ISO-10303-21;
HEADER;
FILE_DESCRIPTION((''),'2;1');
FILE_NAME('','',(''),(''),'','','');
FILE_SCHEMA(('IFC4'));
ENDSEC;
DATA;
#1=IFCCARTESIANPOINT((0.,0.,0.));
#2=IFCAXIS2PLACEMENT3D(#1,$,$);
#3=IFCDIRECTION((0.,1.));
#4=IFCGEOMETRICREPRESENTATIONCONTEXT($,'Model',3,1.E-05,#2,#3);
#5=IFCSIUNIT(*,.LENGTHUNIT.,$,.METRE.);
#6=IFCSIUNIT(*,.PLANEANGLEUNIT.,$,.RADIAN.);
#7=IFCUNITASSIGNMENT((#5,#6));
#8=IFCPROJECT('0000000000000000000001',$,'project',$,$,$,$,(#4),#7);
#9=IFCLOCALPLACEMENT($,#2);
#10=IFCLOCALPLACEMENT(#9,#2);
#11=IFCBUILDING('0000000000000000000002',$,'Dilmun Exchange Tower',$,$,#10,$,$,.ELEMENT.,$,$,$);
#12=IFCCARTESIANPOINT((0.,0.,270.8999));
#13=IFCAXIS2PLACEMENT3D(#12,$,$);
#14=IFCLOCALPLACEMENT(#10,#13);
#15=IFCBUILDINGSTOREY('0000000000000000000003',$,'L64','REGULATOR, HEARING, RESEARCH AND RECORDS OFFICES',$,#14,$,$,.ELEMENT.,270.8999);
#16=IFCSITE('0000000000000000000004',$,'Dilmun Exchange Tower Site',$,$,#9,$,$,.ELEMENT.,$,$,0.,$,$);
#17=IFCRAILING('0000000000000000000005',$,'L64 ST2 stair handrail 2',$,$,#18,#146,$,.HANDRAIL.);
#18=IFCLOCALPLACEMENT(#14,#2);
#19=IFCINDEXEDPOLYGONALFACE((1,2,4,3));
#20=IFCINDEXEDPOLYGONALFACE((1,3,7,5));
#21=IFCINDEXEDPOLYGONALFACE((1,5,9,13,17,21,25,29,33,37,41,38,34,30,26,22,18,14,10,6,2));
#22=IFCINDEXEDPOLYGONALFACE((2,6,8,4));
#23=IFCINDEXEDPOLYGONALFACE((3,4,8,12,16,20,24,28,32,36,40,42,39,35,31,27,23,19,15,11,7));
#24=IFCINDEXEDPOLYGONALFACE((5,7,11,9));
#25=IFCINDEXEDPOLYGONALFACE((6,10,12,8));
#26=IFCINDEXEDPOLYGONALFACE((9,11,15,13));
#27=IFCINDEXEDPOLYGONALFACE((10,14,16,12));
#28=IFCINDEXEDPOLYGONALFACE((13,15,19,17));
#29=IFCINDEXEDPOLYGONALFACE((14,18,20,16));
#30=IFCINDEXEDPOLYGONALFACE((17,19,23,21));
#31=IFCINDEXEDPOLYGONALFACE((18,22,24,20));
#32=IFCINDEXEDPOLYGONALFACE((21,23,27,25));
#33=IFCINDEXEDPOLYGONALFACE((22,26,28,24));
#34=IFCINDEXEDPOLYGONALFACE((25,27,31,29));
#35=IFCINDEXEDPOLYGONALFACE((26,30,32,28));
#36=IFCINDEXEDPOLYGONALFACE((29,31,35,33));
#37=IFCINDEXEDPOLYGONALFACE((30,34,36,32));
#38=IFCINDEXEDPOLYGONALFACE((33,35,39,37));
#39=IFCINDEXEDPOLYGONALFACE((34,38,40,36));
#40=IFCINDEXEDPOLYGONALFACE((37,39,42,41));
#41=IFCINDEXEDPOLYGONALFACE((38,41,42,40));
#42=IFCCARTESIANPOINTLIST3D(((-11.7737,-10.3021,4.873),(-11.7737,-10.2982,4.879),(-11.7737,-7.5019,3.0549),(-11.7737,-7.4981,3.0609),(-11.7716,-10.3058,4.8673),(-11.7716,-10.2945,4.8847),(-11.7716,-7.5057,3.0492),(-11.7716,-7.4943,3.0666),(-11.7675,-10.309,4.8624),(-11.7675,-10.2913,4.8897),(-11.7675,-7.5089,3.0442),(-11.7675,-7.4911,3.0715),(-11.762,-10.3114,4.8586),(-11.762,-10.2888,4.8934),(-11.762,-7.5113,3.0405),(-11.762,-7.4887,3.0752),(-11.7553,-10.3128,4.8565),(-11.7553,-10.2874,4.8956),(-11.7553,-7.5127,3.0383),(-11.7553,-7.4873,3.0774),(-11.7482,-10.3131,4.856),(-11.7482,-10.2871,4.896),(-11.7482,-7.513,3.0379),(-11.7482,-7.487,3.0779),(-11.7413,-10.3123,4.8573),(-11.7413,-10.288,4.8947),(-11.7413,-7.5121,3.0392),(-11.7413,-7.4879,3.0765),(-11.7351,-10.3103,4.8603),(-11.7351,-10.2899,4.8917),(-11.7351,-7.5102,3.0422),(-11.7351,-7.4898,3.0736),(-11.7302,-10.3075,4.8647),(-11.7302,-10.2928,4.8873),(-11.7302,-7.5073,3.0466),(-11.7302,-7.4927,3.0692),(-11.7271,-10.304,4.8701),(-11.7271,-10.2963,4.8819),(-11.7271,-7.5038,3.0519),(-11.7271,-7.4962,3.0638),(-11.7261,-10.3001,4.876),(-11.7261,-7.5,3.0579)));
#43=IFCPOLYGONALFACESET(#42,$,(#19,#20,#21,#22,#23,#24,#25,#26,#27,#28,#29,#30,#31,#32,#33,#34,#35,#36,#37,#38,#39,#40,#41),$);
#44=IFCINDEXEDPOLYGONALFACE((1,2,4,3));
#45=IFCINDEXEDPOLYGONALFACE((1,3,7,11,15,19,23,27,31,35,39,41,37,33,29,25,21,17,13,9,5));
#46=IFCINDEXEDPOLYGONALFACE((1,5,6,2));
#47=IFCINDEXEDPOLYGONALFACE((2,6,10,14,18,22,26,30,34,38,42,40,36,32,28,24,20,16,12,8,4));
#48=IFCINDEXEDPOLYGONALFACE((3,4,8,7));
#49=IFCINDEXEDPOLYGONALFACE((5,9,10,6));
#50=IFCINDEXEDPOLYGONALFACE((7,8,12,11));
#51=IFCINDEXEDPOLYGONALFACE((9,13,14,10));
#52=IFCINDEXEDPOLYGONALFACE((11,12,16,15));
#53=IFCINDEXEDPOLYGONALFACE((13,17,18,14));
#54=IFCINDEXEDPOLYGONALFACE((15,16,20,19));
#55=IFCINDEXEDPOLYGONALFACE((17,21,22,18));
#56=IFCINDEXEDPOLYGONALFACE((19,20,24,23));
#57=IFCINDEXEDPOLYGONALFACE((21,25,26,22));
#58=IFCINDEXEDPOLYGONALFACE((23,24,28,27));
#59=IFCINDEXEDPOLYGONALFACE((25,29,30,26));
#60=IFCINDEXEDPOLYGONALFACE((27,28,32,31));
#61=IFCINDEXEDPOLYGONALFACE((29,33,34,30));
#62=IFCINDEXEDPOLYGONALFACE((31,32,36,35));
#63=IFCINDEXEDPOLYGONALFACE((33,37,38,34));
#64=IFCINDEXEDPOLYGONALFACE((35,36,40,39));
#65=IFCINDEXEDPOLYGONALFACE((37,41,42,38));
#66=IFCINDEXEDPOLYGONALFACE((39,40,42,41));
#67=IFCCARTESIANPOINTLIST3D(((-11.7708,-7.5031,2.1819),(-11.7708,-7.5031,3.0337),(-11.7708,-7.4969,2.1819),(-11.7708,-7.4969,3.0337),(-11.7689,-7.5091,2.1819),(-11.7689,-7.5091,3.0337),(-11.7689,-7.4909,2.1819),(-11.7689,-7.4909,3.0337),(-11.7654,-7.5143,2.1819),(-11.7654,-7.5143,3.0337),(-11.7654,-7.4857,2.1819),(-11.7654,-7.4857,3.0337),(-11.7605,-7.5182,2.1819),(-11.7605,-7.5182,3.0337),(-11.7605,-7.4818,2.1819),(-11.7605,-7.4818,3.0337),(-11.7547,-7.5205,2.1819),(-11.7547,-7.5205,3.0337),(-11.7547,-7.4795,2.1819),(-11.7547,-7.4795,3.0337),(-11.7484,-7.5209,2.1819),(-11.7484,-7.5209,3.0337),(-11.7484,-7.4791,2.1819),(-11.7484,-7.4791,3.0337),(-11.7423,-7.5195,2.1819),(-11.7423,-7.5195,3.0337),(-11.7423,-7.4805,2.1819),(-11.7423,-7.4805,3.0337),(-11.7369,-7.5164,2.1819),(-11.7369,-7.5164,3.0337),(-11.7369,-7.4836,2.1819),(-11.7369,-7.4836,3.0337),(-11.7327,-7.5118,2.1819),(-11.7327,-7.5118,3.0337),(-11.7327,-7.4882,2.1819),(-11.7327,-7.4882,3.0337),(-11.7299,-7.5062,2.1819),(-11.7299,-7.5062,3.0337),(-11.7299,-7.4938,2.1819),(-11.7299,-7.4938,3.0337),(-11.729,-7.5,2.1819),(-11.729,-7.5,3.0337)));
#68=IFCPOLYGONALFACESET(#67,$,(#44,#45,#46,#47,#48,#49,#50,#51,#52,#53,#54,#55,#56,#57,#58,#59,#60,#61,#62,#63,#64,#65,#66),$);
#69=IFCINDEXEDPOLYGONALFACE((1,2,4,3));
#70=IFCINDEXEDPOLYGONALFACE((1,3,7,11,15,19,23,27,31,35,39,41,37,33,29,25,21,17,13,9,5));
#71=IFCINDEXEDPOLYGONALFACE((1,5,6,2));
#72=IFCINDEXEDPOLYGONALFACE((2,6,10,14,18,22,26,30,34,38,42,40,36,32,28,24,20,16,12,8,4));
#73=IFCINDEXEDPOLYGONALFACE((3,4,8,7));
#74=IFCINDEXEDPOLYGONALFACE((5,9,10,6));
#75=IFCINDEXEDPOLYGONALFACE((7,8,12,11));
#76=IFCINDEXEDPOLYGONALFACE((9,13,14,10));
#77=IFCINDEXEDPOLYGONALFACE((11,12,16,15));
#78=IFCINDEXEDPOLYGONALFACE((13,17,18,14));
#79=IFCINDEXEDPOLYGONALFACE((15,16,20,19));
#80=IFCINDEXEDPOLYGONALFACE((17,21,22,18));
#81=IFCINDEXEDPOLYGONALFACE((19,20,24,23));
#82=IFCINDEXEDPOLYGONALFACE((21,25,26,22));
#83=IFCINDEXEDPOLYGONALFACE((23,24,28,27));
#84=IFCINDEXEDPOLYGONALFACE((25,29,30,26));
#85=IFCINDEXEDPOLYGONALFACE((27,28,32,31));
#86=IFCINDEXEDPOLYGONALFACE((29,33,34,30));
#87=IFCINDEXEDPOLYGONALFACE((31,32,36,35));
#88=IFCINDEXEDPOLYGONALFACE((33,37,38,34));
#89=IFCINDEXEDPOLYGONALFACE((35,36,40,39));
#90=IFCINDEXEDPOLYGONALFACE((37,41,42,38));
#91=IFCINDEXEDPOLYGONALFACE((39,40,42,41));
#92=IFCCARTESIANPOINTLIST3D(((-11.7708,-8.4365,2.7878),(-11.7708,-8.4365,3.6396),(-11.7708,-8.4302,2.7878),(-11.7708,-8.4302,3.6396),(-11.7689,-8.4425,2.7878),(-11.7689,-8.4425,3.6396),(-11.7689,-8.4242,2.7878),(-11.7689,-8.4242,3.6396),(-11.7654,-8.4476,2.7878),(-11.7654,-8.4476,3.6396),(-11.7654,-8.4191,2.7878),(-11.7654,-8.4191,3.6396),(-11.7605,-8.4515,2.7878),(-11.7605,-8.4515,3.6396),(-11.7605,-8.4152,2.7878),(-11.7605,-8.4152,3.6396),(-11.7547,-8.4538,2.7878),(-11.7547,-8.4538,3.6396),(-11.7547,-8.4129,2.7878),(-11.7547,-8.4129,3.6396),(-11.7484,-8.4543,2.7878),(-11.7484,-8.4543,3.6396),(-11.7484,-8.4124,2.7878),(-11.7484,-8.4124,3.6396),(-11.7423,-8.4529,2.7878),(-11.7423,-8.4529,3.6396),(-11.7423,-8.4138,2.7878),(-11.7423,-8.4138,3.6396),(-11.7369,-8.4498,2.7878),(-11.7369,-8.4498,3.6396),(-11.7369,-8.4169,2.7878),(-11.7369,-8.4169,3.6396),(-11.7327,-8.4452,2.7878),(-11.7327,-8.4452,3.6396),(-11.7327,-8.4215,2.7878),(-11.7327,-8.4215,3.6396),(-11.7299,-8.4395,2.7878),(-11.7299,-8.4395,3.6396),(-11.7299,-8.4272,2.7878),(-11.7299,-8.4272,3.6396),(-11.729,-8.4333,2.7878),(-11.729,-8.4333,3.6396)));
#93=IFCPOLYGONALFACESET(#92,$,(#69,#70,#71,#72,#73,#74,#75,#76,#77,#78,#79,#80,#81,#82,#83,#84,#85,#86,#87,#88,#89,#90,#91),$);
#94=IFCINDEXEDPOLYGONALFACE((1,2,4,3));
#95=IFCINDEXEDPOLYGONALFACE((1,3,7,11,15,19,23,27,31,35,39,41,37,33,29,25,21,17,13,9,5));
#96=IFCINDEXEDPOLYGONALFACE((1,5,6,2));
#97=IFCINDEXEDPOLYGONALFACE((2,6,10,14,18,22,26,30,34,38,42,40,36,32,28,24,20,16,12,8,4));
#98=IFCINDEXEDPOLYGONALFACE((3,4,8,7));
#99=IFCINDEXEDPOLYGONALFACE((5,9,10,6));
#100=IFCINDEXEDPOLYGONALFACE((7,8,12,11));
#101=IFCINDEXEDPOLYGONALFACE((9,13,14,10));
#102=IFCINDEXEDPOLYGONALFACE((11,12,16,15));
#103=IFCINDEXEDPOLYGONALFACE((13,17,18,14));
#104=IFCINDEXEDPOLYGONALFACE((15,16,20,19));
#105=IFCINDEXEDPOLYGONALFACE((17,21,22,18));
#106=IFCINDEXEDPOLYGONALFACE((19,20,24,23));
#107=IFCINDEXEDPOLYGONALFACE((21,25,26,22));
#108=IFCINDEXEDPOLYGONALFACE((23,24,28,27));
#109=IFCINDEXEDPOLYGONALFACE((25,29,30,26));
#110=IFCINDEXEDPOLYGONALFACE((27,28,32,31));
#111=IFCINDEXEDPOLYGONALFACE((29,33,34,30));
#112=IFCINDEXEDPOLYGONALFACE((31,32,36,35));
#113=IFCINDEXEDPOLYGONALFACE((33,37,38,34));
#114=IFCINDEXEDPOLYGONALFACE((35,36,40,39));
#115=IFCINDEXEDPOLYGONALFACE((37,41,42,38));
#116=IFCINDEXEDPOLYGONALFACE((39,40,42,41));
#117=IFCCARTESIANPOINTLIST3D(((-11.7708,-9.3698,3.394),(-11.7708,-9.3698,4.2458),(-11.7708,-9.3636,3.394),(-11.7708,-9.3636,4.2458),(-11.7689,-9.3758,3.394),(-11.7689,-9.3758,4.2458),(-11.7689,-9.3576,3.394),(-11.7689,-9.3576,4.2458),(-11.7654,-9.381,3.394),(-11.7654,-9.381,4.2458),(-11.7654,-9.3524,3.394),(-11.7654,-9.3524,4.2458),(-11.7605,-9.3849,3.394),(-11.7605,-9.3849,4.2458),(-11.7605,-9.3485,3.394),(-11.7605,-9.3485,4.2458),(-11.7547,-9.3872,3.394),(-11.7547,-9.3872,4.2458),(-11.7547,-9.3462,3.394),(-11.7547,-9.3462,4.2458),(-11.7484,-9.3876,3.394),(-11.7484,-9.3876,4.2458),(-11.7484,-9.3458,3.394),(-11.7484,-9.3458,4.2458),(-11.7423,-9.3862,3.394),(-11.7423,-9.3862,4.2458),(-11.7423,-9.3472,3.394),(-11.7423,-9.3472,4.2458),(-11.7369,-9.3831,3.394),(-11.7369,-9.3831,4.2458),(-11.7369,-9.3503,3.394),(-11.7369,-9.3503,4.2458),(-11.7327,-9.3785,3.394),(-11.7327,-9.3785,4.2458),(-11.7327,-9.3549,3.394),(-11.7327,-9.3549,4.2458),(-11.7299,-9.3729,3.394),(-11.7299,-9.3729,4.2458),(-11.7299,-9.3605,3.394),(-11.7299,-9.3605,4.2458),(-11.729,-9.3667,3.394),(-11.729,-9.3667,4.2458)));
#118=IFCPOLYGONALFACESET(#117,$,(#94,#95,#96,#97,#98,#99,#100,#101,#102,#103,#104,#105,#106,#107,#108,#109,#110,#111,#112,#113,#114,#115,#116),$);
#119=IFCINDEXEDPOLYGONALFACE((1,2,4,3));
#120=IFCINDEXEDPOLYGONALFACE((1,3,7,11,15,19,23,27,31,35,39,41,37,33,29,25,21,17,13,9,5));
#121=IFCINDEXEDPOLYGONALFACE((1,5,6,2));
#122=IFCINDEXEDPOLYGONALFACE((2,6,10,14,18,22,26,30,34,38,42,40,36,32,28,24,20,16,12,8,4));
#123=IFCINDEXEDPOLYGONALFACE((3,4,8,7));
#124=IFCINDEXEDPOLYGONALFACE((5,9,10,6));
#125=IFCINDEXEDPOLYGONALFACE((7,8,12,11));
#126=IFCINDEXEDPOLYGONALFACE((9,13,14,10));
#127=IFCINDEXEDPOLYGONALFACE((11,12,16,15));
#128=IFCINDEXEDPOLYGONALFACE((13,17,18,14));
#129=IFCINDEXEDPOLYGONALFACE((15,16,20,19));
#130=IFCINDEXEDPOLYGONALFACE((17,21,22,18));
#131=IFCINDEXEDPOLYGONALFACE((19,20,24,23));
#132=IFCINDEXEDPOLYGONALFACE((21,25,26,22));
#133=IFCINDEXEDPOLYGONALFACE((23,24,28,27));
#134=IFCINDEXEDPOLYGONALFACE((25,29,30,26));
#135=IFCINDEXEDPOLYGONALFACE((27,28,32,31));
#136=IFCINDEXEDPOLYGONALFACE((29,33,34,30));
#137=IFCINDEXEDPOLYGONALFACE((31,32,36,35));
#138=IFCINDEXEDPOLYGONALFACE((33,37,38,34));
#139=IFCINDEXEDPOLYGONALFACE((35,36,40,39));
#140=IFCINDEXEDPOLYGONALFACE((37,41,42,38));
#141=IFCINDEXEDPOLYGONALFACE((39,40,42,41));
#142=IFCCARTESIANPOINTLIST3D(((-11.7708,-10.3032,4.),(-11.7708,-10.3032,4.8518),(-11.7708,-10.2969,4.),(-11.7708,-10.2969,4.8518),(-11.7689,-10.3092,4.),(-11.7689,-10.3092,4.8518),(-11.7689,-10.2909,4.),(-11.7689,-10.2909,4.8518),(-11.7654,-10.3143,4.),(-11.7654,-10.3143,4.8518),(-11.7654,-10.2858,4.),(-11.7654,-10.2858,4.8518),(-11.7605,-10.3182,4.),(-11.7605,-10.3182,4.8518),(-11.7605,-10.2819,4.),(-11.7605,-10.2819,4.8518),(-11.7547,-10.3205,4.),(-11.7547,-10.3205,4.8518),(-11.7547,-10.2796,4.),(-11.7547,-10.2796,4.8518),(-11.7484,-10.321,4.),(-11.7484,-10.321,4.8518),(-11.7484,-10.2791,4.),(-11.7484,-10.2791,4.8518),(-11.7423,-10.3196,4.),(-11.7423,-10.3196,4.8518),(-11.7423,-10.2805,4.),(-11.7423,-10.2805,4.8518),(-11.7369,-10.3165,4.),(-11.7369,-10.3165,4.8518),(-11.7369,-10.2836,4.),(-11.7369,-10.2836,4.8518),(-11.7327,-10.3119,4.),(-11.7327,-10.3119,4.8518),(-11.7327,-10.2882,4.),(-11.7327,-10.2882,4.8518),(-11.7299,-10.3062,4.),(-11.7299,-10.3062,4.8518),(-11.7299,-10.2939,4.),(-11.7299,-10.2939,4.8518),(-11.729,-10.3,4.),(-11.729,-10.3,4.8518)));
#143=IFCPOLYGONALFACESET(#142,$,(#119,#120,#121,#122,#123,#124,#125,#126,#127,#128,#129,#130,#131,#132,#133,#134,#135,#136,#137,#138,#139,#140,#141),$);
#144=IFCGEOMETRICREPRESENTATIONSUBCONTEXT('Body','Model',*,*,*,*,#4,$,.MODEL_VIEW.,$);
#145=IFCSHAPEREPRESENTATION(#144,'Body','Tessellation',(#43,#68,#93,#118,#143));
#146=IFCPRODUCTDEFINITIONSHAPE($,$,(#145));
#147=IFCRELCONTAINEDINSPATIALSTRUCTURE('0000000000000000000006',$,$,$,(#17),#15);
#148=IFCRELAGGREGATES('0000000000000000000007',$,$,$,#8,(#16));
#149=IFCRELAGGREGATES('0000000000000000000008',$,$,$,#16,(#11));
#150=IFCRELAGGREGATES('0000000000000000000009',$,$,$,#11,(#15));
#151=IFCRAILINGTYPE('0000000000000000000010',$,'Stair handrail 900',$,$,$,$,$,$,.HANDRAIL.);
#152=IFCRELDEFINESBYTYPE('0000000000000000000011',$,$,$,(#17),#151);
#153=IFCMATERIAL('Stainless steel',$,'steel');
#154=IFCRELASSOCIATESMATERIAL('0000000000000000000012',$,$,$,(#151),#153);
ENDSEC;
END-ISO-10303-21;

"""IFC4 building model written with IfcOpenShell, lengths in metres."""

from ifc_helpers import new_model, si_unit, direction, frame, origin, origin_2d, place, context, subcontext, project, spatial, circle, extrude, material, type_object, element, save


model = new_model("IFC4")

# Units and contexts
model_context = context("Model", 3, precision=1e-05, world=origin(), true_north=direction((0.0, 1.0)))
body_context = subcontext(model_context, "Body", "Model", "MODEL_VIEW")
ifc_project = project(units=[si_unit("LENGTHUNIT", "METRE"), si_unit("PLANEANGLEUNIT", "RADIAN")], contexts=[model_context])

# Site, building, storey
site_placement = place(None, origin())
site = spatial("IfcSite", under=ifc_project, at=site_placement, Name="Dilmun Exchange Tower Site", CompositionType="ELEMENT", RefElevation=0.0)
building_placement = place(site_placement, origin())
building = spatial("IfcBuilding", under=site, at=building_placement, Name="Dilmun Exchange Tower", CompositionType="ELEMENT")
storey_placement = place(building_placement, frame((0.0, 0.0, 270.8999)))
storey = spatial("IfcBuildingStorey", under=building, at=storey_placement, Name="L64", Description="REGULATOR, HEARING, RESEARCH AND RECORDS OFFICES", CompositionType="ELEMENT", Elevation=270.8999)

# Railing
ifc_material_1 = material(Name="Stainless steel", Category="steel")
railing_type = type_object("IfcRailingType", Name="Stair handrail 900", PredefinedType="HANDRAIL", material=ifc_material_1)
railing_placement = place(storey_placement, frame((-11.75, -7.5, 2.1819)))
element("IfcRailing", 1, at=railing_placement, inside=storey, type_object=railing_type, Name="L64 ST2 stair handrail 2", PredefinedType="HANDRAIL", context=body_context, shape_type="SweptSolid", body=[
    extrude(circle(Radius=0.0239, at=origin_2d()), frame((0.0, 0.0, 0.876), z_axis=(0.0, -0.838706, 0.544585), x_axis=(1.0, 0.0, 0.0)), (0.0, 0.0, 1.0), 3.3386),
    extrude(circle(Radius=0.021, at=origin_2d()), origin(), (0.0, 0.0, 1.0), 0.8518),
    extrude(circle(Radius=0.021, at=origin_2d()), frame((0.0, -0.9333, 0.606)), (0.0, 0.0, 1.0), 0.8518),
    extrude(circle(Radius=0.021, at=origin_2d()), frame((0.0, -1.8667, 1.2122)), (0.0, 0.0, 1.0), 0.8518),
    extrude(circle(Radius=0.021, at=origin_2d()), frame((0.0, -2.8, 1.8181)), (0.0, 0.0, 1.0), 0.8518),
])

save(model, "model.ifc")
